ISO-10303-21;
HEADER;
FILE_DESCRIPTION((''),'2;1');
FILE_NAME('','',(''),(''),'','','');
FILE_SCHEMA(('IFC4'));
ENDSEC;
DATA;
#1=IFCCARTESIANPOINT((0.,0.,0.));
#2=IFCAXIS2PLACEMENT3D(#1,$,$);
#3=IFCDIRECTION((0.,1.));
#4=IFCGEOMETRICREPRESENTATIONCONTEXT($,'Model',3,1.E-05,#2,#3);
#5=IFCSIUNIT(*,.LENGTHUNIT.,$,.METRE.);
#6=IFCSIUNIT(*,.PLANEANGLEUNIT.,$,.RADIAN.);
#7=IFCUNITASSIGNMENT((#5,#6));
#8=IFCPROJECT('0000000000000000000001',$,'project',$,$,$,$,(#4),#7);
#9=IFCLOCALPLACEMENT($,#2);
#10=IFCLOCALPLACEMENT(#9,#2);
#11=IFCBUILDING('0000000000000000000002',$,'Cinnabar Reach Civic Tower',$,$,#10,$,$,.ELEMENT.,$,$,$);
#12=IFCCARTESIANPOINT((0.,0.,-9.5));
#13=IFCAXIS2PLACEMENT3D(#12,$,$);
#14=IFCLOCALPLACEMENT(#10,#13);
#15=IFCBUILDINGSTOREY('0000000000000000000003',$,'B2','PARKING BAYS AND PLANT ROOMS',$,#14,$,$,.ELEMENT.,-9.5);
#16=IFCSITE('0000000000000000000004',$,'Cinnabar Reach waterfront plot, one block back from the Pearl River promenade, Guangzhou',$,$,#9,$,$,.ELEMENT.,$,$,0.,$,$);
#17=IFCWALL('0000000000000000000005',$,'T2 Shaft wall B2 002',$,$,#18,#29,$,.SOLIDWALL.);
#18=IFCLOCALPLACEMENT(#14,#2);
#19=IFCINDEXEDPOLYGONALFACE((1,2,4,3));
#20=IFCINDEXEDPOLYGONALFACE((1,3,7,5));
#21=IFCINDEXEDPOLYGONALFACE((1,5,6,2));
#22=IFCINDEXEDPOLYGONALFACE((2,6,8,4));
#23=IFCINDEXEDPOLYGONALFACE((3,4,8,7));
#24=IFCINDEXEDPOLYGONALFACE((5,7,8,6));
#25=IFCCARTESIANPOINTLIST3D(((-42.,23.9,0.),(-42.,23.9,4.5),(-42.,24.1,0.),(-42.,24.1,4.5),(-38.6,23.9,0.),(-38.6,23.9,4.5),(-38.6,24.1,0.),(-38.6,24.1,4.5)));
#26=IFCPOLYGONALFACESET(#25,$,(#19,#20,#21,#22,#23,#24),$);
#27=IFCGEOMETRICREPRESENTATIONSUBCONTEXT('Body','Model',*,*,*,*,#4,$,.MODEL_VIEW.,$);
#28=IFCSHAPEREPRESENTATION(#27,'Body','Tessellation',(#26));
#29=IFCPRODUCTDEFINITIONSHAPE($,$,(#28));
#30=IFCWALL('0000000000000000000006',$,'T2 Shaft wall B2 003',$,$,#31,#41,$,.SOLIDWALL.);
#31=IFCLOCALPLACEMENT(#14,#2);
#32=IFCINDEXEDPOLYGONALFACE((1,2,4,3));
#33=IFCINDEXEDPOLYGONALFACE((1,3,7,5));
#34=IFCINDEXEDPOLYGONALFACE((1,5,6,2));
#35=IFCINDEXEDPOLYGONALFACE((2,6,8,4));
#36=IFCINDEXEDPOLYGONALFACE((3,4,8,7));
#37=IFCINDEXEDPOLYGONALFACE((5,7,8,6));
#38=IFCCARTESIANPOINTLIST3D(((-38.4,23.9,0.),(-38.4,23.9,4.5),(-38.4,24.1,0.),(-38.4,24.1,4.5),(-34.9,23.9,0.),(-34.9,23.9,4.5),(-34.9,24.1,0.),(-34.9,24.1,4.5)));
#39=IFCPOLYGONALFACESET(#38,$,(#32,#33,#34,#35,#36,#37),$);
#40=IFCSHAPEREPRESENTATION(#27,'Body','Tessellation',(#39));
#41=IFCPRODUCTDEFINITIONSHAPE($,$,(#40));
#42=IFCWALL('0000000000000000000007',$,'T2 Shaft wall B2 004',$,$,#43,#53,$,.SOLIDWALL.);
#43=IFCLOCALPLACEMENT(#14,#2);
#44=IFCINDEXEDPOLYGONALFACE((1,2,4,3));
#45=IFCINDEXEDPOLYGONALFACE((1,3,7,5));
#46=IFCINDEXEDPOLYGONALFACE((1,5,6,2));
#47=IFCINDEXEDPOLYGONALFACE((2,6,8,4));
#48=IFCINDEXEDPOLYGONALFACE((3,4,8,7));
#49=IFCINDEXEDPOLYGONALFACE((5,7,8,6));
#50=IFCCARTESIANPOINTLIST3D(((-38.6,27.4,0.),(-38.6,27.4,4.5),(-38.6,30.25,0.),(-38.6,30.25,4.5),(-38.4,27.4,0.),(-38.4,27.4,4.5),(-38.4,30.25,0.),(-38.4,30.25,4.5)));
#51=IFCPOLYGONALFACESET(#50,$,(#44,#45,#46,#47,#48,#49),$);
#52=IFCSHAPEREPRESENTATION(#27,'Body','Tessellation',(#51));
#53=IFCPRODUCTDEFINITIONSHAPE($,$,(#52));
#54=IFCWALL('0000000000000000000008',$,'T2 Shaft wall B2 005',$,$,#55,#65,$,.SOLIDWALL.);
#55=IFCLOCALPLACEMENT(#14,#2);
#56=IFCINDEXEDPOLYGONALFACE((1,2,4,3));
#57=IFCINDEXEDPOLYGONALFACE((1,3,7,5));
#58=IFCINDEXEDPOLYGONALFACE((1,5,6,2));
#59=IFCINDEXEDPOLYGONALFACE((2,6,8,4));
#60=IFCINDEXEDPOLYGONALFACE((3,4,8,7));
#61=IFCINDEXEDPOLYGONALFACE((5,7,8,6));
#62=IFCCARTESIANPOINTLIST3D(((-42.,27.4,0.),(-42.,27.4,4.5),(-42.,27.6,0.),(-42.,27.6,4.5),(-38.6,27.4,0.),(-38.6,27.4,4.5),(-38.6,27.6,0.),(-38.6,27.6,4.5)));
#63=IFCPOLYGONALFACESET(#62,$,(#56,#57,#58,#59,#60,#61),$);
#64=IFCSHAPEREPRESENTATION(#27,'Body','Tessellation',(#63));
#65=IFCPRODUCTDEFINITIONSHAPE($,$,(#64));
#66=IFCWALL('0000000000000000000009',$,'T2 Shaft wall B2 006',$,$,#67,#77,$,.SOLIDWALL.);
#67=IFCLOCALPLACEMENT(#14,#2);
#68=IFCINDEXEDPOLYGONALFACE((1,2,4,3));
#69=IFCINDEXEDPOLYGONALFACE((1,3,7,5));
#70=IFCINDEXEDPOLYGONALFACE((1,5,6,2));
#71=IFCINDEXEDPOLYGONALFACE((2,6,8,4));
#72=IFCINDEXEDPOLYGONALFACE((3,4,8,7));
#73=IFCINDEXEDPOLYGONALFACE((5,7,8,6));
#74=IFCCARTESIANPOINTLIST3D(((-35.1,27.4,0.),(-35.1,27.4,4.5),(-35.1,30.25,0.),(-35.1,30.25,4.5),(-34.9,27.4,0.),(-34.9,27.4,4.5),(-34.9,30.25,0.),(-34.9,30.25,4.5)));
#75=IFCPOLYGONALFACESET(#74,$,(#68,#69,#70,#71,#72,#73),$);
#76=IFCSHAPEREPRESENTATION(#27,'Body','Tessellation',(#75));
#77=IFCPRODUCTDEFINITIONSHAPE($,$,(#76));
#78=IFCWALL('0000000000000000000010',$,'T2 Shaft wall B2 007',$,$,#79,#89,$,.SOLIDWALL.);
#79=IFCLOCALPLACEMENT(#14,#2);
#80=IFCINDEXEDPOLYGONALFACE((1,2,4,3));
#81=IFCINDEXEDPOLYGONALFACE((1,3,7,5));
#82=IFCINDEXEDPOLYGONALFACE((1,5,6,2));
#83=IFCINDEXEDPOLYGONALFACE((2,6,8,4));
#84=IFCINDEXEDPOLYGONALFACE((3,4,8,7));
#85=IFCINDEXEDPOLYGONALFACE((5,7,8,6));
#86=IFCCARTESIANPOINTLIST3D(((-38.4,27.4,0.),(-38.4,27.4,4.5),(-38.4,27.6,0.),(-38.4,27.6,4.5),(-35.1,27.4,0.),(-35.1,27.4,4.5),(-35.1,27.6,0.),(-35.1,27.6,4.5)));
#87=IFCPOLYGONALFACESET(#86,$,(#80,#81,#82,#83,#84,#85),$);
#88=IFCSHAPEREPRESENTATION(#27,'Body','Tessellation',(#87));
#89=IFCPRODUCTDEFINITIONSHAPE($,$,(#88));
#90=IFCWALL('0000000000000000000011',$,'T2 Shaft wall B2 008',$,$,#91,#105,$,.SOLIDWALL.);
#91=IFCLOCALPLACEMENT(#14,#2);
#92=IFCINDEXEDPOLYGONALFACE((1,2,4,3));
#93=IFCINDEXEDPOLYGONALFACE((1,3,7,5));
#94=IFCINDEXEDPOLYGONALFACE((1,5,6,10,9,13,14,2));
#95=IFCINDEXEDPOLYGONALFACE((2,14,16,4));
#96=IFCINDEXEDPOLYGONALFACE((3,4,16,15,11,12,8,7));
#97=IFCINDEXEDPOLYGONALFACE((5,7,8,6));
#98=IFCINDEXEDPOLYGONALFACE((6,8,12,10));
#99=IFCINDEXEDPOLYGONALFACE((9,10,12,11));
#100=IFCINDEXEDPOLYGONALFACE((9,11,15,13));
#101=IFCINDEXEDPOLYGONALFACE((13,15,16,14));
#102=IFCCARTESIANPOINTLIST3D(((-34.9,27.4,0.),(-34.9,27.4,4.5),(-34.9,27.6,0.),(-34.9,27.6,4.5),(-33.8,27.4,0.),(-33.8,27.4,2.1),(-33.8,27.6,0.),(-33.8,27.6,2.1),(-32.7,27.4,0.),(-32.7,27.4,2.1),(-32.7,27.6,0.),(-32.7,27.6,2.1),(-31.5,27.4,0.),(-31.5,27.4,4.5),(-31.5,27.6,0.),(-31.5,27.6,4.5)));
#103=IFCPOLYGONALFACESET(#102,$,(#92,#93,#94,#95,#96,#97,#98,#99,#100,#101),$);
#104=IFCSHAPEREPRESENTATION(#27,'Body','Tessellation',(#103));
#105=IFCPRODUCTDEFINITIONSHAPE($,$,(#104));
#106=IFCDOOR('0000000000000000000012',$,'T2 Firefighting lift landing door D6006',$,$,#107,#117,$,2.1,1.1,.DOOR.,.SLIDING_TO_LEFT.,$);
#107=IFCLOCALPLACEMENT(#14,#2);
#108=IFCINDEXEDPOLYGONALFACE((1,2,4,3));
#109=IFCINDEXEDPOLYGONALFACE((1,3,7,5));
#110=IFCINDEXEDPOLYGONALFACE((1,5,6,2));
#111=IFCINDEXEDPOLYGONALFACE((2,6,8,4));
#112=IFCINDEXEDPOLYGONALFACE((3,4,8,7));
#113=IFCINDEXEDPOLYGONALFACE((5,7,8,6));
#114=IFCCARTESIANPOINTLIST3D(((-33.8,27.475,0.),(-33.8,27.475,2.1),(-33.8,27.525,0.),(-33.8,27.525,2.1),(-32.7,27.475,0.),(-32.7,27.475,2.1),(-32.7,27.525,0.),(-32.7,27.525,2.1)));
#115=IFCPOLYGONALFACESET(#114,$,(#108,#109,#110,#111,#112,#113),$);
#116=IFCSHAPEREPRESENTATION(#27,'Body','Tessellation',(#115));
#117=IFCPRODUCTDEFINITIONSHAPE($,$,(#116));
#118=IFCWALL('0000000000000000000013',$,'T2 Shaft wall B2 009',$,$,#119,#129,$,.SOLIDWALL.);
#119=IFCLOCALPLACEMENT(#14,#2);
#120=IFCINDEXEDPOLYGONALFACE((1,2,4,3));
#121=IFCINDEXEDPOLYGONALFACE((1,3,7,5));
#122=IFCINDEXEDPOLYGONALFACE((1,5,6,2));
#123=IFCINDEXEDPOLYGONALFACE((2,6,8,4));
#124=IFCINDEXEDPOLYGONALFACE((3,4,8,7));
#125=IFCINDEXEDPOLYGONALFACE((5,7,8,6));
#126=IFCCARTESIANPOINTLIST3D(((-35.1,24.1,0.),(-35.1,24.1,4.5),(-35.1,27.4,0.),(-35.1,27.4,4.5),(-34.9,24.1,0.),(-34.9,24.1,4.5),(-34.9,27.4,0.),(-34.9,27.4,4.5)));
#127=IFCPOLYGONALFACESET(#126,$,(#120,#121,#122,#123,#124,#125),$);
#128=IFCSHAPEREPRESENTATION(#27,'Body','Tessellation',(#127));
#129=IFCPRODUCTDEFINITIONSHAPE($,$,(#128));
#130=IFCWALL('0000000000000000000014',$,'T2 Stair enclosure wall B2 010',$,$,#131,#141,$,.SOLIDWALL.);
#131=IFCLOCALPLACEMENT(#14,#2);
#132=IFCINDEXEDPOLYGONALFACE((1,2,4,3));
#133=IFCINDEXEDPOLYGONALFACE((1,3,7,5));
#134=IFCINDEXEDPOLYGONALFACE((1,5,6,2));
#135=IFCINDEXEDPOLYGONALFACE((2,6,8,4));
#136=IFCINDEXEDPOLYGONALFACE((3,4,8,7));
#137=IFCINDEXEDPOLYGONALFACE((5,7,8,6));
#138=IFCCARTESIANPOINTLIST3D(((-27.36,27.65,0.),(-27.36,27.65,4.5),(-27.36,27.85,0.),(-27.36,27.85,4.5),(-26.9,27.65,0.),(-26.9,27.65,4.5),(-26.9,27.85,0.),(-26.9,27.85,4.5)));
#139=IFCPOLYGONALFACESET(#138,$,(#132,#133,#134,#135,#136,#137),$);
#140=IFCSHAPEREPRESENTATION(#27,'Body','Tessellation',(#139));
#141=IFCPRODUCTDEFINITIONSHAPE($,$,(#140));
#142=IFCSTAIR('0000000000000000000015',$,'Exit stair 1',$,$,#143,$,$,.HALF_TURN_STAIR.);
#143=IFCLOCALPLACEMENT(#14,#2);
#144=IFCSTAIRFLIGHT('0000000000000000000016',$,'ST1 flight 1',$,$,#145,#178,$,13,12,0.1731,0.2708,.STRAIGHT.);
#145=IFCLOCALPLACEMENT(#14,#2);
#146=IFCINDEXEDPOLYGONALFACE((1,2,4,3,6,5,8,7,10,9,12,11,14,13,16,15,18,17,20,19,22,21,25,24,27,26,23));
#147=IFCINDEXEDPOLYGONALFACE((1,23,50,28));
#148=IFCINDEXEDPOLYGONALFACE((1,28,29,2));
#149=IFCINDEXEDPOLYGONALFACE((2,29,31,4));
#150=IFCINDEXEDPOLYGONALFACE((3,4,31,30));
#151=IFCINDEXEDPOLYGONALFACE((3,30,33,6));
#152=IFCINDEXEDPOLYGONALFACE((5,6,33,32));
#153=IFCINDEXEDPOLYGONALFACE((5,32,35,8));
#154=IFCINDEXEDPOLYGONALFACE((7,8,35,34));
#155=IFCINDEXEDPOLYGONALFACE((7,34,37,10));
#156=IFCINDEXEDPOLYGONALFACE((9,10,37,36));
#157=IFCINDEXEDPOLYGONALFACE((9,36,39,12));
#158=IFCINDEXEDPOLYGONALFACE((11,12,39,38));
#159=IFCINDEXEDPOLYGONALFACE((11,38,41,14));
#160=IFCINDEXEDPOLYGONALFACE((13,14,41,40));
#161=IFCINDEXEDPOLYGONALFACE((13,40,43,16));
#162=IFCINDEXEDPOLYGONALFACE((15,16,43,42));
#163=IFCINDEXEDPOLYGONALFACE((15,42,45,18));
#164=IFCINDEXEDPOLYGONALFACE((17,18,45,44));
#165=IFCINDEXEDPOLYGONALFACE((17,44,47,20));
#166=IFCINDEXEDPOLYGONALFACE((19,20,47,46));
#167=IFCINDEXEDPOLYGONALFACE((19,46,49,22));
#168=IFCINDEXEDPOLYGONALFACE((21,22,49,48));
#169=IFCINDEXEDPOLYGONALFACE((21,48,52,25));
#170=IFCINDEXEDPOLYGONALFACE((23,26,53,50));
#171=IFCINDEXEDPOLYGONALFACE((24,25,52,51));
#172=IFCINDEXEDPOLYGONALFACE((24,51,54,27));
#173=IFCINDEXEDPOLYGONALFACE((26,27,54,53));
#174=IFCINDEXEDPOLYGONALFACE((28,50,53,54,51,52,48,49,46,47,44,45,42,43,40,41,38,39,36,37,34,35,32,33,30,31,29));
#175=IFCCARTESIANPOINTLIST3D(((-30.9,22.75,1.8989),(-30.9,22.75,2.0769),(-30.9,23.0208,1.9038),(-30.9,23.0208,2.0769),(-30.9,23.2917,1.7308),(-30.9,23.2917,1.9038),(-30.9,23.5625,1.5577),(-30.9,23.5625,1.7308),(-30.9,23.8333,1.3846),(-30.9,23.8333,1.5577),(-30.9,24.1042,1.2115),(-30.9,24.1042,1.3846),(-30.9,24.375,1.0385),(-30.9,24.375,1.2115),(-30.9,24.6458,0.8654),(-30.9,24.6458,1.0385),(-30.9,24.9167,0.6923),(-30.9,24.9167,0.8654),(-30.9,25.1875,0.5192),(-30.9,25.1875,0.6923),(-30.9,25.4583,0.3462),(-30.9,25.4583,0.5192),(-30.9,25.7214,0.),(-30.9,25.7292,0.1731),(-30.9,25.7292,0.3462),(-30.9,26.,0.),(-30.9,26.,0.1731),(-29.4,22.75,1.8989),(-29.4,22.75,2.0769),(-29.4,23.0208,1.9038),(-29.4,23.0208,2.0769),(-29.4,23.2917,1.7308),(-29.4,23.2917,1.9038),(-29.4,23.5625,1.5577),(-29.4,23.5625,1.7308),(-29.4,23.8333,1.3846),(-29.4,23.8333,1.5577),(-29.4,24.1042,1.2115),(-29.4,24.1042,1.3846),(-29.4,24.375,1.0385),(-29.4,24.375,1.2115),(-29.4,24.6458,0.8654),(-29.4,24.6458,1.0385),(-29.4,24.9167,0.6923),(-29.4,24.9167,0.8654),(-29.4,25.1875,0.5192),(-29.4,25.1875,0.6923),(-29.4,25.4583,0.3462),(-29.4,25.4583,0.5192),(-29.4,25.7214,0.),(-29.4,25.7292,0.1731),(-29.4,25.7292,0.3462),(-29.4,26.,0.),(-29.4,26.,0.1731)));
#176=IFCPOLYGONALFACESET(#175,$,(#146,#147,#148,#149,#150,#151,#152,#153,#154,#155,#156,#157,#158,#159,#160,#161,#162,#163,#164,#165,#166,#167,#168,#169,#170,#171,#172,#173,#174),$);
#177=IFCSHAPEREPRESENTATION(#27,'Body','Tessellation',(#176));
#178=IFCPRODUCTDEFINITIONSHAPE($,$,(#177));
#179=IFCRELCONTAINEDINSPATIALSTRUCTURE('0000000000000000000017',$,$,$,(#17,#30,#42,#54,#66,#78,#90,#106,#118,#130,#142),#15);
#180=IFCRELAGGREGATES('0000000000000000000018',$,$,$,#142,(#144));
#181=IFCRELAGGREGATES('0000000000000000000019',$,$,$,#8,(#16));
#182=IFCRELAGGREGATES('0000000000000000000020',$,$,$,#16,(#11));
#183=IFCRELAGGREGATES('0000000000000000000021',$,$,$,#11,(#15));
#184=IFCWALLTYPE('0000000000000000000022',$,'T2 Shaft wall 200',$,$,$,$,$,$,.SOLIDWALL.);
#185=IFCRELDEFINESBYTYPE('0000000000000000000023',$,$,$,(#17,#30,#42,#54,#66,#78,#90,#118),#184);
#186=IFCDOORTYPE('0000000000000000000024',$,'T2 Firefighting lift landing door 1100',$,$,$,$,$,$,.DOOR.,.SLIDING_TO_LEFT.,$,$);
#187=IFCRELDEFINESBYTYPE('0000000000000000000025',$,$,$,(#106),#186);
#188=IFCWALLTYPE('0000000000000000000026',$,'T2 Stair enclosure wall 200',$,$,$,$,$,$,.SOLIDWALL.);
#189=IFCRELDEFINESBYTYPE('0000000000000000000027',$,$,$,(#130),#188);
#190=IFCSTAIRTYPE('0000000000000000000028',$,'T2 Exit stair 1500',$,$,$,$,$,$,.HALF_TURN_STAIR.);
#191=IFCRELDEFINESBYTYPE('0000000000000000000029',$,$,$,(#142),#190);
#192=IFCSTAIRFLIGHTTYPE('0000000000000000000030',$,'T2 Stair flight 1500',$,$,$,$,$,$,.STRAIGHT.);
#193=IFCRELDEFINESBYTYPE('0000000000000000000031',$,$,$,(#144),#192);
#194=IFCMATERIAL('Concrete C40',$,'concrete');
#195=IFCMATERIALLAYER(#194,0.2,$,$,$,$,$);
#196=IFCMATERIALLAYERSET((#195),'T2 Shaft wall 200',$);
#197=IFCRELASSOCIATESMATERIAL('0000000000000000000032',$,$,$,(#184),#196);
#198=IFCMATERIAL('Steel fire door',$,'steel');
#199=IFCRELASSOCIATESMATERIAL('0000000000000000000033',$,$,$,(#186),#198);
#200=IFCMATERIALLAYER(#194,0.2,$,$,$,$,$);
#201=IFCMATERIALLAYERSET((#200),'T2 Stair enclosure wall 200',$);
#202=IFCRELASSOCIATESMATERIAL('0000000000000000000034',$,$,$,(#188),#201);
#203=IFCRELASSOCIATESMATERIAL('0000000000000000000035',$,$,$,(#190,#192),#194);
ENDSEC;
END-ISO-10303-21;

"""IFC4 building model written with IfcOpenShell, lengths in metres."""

from ifc_helpers import new_model, si_unit, direction, frame, frame_2d, origin, place, context, subcontext, project, spatial, polyline, rectangle, outline, extrude, material, layer, layer_set, type_object, element, fill, aggregate, save


model = new_model("IFC4")

# Units and contexts
model_context = context("Model", 3, precision=1e-05, world=origin(), true_north=direction((0.0, 1.0)))
body_context = subcontext(model_context, "Body", "Model", "MODEL_VIEW")
ifc_project = project(units=[si_unit("LENGTHUNIT", "METRE"), si_unit("PLANEANGLEUNIT", "RADIAN")], contexts=[model_context])

# Site, building, storey
site_placement = place(None, origin())
site = spatial("IfcSite", under=ifc_project, at=site_placement, Name="Cinnabar Reach waterfront plot, one block back from the Pearl River promenade, Guangzhou", CompositionType="ELEMENT", RefElevation=0.0)
building_placement = place(site_placement, origin())
building = spatial("IfcBuilding", under=site, at=building_placement, Name="Cinnabar Reach Civic Tower", CompositionType="ELEMENT")
storey_placement = place(building_placement, frame((0.0, 0.0, -9.5)))
storey = spatial("IfcBuildingStorey", under=building, at=storey_placement, Name="B2", Description="PARKING BAYS AND PLANT ROOMS", CompositionType="ELEMENT", Elevation=-9.5)

# Shared definitions
ifc_material_1 = material(Name="Concrete C40", Category="concrete")

# Shared definitions
ifc_material_2 = material(Name="Steel fire door", Category="steel")

# Walls
ifc_layer_1 = layer(ifc_material_1, 0.2)
ifc_layer_set_1 = layer_set([ifc_layer_1], Name="T2 Shaft wall 200")
wall_type_1 = type_object("IfcWallType", Name="T2 Shaft wall 200", PredefinedType="SOLIDWALL", material=ifc_layer_set_1)
wall_1_placement = place(storey_placement, frame((-38.6, 24.0, 0.0), z_axis=(0.0, 0.0, 1.0), x_axis=(-1.0, 0.0, 0.0)))
element("IfcWall", 1, at=wall_1_placement, inside=storey, type_object=wall_type_1, Name="T2 Shaft wall B2 002", PredefinedType="SOLIDWALL", context=body_context, shape_type="SweptSolid", body=[
    extrude(rectangle(XDim=3.4, YDim=0.2, at=frame_2d((1.7, 0.0))), origin(), (0.0, 0.0, 1.0), 4.5),
])
wall_2_placement = place(storey_placement, frame((-34.9, 24.0, 0.0), z_axis=(0.0, 0.0, 1.0), x_axis=(-1.0, 0.0, 0.0)))
element("IfcWall", 2, at=wall_2_placement, inside=storey, type_object=wall_type_1, Name="T2 Shaft wall B2 003", PredefinedType="SOLIDWALL", context=body_context, shape_type="SweptSolid", body=[
    extrude(rectangle(XDim=3.5, YDim=0.2, at=frame_2d((1.75, 0.0))), origin(), (0.0, 0.0, 1.0), 4.5),
])
wall_3_placement = place(storey_placement, frame((-38.5, 27.4, 0.0), z_axis=(0.0, 0.0, 1.0), x_axis=(0.0, 1.0, 0.0)))
element("IfcWall", 3, at=wall_3_placement, inside=storey, type_object=wall_type_1, Name="T2 Shaft wall B2 004", PredefinedType="SOLIDWALL", context=body_context, shape_type="SweptSolid", body=[
    extrude(rectangle(XDim=2.85, YDim=0.2, at=frame_2d((1.425, 0.0))), origin(), (0.0, 0.0, 1.0), 4.5),
])
wall_4_placement = place(storey_placement, frame((-42.0, 27.5, 0.0), z_axis=(0.0, 0.0, 1.0), x_axis=(1.0, 0.0, 0.0)))
element("IfcWall", 4, at=wall_4_placement, inside=storey, type_object=wall_type_1, Name="T2 Shaft wall B2 005", PredefinedType="SOLIDWALL", context=body_context, shape_type="SweptSolid", body=[
    extrude(rectangle(XDim=3.4, YDim=0.2, at=frame_2d((1.7, 0.0))), origin(), (0.0, 0.0, 1.0), 4.5),
])
wall_5_placement = place(storey_placement, frame((-35.0, 27.4, 0.0), z_axis=(0.0, 0.0, 1.0), x_axis=(0.0, 1.0, 0.0)))
element("IfcWall", 5, at=wall_5_placement, inside=storey, type_object=wall_type_1, Name="T2 Shaft wall B2 006", PredefinedType="SOLIDWALL", context=body_context, shape_type="SweptSolid", body=[
    extrude(rectangle(XDim=2.85, YDim=0.2, at=frame_2d((1.425, 0.0))), origin(), (0.0, 0.0, 1.0), 4.5),
])
wall_6_placement = place(storey_placement, frame((-38.4, 27.5, 0.0), z_axis=(0.0, 0.0, 1.0), x_axis=(1.0, 0.0, 0.0)))
element("IfcWall", 6, at=wall_6_placement, inside=storey, type_object=wall_type_1, Name="T2 Shaft wall B2 007", PredefinedType="SOLIDWALL", context=body_context, shape_type="SweptSolid", body=[
    extrude(rectangle(XDim=3.3, YDim=0.2, at=frame_2d((1.65, 0.0))), origin(), (0.0, 0.0, 1.0), 4.5),
])

# Wall, opening, door
wall_7_placement = place(storey_placement, frame((-34.9, 27.5, 0.0), z_axis=(0.0, 0.0, 1.0), x_axis=(1.0, 0.0, 0.0)))
wall_7 = element("IfcWall", 7, at=wall_7_placement, inside=storey, type_object=wall_type_1, Name="T2 Shaft wall B2 008", PredefinedType="SOLIDWALL", context=body_context, shape_type="SweptSolid", body=[
    extrude(rectangle(XDim=3.4, YDim=0.2, at=frame_2d((1.7, 0.0))), origin(), (0.0, 0.0, 1.0), 4.5),
])
opening_1_placement = place(wall_7_placement, frame((1.1, 0.0, 0.0)))
opening_1 = element("IfcOpeningElement", 8, at=opening_1_placement, cuts=wall_7, PredefinedType="OPENING", context=body_context, shape_type="SweptSolid", body=[
    extrude(rectangle(XDim=1.1, YDim=2.1, at=frame_2d((0.55, 1.05))), frame((0.0, 0.11, 0.0), z_axis=(0.0, -1.0, 0.0), x_axis=(1.0, 0.0, 0.0)), (0.0, 0.0, 1.0), 0.22),
])
door_type_1 = type_object("IfcDoorType", Name="T2 Firefighting lift landing door 1100", OperationType="SLIDING_TO_LEFT", PredefinedType="DOOR", material=ifc_material_2)
door_1_placement = place(opening_1_placement, origin())
door_1 = element("IfcDoor", 9, at=door_1_placement, inside=storey, type_object=door_type_1, Name="T2 Firefighting lift landing door D6006", OperationType="SLIDING_TO_LEFT", OverallHeight=2.1, OverallWidth=1.1, PredefinedType="DOOR", context=body_context, shape_type="SweptSolid", body=[
    extrude(rectangle(XDim=1.1, YDim=2.1, at=frame_2d((0.55, 1.05))), frame((0.0, 0.025, 0.0), z_axis=(0.0, -1.0, 0.0), x_axis=(1.0, 0.0, 0.0)), (0.0, 0.0, 1.0), 0.05),
])
fill(opening_1, door_1)

# Walls
wall_8_placement = place(storey_placement, frame((-35.0, 24.1, 0.0), z_axis=(0.0, 0.0, 1.0), x_axis=(0.0, 1.0, 0.0)))
element("IfcWall", 10, at=wall_8_placement, inside=storey, type_object=wall_type_1, Name="T2 Shaft wall B2 009", PredefinedType="SOLIDWALL", context=body_context, shape_type="SweptSolid", body=[
    extrude(rectangle(XDim=3.3, YDim=0.2, at=frame_2d((1.65, 0.0))), origin(), (0.0, 0.0, 1.0), 4.5),
])
ifc_layer_2 = layer(ifc_material_1, 0.2)
ifc_layer_set_2 = layer_set([ifc_layer_2], Name="T2 Stair enclosure wall 200")
wall_type_2 = type_object("IfcWallType", Name="T2 Stair enclosure wall 200", PredefinedType="SOLIDWALL", material=ifc_layer_set_2)
wall_9_placement = place(storey_placement, frame((-27.36, 27.75, 0.0), z_axis=(0.0, 0.0, 1.0), x_axis=(1.0, 0.0, 0.0)))
element("IfcWall", 11, at=wall_9_placement, inside=storey, type_object=wall_type_2, Name="T2 Stair enclosure wall B2 010", PredefinedType="SOLIDWALL", context=body_context, shape_type="SweptSolid", body=[
    extrude(rectangle(XDim=0.46, YDim=0.2, at=frame_2d((0.23, 0.0))), origin(), (0.0, 0.0, 1.0), 4.5),
])

# Stair, stair flight
stair_type = type_object("IfcStairType", Name="T2 Exit stair 1500", PredefinedType="HALF_TURN_STAIR", material=ifc_material_1)
stair_placement = place(storey_placement, origin())
stair = element("IfcStair", 12, at=stair_placement, inside=storey, type_object=stair_type, Name="Exit stair 1", PredefinedType="HALF_TURN_STAIR")
stair_flight_type = type_object("IfcStairFlightType", Name="T2 Stair flight 1500", PredefinedType="STRAIGHT", material=ifc_material_1)
stair_flight_1_placement = place(storey_placement, frame((-30.15, 26.0, 0.0), z_axis=(0.0, 0.0, 1.0), x_axis=(0.0, -1.0, 0.0)))
stair_flight_1 = element("IfcStairFlight", 13, at=stair_flight_1_placement, type_object=stair_flight_type, Name="ST1 flight 1", NumberOfRisers=13, NumberOfTreads=12, PredefinedType="STRAIGHT", RiserHeight=0.1731, TreadLength=0.2708, context=body_context, shape_type="SweptSolid", body=[
    extrude(outline(polyline([(0.0, 0.0), (0.0, 0.1731), (0.2708, 0.1731), (0.2708, 0.3462), (0.5417, 0.3462), (0.5417, 0.5192), (0.8125, 0.5192), (0.8125, 0.6923), (1.0833, 0.6923), (1.0833, 0.8654), (1.3542, 0.8654), (1.3542, 1.0385), (1.625, 1.0385), (1.625, 1.2115), (1.8958, 1.2115), (1.8958, 1.3846), (2.1667, 1.3846), (2.1667, 1.5577), (2.4375, 1.5577), (2.4375, 1.7308), (2.7083, 1.7308), (2.7083, 1.9038), (2.9792, 1.9038), (2.9792, 2.0769), (3.25, 2.0769), (3.25, 2.25), (3.25, 1.8989), (0.2786, 0.0), (0.0, 0.0)])), frame((0.0, 0.75, 0.0), z_axis=(0.0, -1.0, 0.0), x_axis=(1.0, 0.0, 0.0)), (0.0, 0.0, 1.0), 1.5),
])
aggregate(stair, [stair_flight_1])

save(model, "model.ifc")
